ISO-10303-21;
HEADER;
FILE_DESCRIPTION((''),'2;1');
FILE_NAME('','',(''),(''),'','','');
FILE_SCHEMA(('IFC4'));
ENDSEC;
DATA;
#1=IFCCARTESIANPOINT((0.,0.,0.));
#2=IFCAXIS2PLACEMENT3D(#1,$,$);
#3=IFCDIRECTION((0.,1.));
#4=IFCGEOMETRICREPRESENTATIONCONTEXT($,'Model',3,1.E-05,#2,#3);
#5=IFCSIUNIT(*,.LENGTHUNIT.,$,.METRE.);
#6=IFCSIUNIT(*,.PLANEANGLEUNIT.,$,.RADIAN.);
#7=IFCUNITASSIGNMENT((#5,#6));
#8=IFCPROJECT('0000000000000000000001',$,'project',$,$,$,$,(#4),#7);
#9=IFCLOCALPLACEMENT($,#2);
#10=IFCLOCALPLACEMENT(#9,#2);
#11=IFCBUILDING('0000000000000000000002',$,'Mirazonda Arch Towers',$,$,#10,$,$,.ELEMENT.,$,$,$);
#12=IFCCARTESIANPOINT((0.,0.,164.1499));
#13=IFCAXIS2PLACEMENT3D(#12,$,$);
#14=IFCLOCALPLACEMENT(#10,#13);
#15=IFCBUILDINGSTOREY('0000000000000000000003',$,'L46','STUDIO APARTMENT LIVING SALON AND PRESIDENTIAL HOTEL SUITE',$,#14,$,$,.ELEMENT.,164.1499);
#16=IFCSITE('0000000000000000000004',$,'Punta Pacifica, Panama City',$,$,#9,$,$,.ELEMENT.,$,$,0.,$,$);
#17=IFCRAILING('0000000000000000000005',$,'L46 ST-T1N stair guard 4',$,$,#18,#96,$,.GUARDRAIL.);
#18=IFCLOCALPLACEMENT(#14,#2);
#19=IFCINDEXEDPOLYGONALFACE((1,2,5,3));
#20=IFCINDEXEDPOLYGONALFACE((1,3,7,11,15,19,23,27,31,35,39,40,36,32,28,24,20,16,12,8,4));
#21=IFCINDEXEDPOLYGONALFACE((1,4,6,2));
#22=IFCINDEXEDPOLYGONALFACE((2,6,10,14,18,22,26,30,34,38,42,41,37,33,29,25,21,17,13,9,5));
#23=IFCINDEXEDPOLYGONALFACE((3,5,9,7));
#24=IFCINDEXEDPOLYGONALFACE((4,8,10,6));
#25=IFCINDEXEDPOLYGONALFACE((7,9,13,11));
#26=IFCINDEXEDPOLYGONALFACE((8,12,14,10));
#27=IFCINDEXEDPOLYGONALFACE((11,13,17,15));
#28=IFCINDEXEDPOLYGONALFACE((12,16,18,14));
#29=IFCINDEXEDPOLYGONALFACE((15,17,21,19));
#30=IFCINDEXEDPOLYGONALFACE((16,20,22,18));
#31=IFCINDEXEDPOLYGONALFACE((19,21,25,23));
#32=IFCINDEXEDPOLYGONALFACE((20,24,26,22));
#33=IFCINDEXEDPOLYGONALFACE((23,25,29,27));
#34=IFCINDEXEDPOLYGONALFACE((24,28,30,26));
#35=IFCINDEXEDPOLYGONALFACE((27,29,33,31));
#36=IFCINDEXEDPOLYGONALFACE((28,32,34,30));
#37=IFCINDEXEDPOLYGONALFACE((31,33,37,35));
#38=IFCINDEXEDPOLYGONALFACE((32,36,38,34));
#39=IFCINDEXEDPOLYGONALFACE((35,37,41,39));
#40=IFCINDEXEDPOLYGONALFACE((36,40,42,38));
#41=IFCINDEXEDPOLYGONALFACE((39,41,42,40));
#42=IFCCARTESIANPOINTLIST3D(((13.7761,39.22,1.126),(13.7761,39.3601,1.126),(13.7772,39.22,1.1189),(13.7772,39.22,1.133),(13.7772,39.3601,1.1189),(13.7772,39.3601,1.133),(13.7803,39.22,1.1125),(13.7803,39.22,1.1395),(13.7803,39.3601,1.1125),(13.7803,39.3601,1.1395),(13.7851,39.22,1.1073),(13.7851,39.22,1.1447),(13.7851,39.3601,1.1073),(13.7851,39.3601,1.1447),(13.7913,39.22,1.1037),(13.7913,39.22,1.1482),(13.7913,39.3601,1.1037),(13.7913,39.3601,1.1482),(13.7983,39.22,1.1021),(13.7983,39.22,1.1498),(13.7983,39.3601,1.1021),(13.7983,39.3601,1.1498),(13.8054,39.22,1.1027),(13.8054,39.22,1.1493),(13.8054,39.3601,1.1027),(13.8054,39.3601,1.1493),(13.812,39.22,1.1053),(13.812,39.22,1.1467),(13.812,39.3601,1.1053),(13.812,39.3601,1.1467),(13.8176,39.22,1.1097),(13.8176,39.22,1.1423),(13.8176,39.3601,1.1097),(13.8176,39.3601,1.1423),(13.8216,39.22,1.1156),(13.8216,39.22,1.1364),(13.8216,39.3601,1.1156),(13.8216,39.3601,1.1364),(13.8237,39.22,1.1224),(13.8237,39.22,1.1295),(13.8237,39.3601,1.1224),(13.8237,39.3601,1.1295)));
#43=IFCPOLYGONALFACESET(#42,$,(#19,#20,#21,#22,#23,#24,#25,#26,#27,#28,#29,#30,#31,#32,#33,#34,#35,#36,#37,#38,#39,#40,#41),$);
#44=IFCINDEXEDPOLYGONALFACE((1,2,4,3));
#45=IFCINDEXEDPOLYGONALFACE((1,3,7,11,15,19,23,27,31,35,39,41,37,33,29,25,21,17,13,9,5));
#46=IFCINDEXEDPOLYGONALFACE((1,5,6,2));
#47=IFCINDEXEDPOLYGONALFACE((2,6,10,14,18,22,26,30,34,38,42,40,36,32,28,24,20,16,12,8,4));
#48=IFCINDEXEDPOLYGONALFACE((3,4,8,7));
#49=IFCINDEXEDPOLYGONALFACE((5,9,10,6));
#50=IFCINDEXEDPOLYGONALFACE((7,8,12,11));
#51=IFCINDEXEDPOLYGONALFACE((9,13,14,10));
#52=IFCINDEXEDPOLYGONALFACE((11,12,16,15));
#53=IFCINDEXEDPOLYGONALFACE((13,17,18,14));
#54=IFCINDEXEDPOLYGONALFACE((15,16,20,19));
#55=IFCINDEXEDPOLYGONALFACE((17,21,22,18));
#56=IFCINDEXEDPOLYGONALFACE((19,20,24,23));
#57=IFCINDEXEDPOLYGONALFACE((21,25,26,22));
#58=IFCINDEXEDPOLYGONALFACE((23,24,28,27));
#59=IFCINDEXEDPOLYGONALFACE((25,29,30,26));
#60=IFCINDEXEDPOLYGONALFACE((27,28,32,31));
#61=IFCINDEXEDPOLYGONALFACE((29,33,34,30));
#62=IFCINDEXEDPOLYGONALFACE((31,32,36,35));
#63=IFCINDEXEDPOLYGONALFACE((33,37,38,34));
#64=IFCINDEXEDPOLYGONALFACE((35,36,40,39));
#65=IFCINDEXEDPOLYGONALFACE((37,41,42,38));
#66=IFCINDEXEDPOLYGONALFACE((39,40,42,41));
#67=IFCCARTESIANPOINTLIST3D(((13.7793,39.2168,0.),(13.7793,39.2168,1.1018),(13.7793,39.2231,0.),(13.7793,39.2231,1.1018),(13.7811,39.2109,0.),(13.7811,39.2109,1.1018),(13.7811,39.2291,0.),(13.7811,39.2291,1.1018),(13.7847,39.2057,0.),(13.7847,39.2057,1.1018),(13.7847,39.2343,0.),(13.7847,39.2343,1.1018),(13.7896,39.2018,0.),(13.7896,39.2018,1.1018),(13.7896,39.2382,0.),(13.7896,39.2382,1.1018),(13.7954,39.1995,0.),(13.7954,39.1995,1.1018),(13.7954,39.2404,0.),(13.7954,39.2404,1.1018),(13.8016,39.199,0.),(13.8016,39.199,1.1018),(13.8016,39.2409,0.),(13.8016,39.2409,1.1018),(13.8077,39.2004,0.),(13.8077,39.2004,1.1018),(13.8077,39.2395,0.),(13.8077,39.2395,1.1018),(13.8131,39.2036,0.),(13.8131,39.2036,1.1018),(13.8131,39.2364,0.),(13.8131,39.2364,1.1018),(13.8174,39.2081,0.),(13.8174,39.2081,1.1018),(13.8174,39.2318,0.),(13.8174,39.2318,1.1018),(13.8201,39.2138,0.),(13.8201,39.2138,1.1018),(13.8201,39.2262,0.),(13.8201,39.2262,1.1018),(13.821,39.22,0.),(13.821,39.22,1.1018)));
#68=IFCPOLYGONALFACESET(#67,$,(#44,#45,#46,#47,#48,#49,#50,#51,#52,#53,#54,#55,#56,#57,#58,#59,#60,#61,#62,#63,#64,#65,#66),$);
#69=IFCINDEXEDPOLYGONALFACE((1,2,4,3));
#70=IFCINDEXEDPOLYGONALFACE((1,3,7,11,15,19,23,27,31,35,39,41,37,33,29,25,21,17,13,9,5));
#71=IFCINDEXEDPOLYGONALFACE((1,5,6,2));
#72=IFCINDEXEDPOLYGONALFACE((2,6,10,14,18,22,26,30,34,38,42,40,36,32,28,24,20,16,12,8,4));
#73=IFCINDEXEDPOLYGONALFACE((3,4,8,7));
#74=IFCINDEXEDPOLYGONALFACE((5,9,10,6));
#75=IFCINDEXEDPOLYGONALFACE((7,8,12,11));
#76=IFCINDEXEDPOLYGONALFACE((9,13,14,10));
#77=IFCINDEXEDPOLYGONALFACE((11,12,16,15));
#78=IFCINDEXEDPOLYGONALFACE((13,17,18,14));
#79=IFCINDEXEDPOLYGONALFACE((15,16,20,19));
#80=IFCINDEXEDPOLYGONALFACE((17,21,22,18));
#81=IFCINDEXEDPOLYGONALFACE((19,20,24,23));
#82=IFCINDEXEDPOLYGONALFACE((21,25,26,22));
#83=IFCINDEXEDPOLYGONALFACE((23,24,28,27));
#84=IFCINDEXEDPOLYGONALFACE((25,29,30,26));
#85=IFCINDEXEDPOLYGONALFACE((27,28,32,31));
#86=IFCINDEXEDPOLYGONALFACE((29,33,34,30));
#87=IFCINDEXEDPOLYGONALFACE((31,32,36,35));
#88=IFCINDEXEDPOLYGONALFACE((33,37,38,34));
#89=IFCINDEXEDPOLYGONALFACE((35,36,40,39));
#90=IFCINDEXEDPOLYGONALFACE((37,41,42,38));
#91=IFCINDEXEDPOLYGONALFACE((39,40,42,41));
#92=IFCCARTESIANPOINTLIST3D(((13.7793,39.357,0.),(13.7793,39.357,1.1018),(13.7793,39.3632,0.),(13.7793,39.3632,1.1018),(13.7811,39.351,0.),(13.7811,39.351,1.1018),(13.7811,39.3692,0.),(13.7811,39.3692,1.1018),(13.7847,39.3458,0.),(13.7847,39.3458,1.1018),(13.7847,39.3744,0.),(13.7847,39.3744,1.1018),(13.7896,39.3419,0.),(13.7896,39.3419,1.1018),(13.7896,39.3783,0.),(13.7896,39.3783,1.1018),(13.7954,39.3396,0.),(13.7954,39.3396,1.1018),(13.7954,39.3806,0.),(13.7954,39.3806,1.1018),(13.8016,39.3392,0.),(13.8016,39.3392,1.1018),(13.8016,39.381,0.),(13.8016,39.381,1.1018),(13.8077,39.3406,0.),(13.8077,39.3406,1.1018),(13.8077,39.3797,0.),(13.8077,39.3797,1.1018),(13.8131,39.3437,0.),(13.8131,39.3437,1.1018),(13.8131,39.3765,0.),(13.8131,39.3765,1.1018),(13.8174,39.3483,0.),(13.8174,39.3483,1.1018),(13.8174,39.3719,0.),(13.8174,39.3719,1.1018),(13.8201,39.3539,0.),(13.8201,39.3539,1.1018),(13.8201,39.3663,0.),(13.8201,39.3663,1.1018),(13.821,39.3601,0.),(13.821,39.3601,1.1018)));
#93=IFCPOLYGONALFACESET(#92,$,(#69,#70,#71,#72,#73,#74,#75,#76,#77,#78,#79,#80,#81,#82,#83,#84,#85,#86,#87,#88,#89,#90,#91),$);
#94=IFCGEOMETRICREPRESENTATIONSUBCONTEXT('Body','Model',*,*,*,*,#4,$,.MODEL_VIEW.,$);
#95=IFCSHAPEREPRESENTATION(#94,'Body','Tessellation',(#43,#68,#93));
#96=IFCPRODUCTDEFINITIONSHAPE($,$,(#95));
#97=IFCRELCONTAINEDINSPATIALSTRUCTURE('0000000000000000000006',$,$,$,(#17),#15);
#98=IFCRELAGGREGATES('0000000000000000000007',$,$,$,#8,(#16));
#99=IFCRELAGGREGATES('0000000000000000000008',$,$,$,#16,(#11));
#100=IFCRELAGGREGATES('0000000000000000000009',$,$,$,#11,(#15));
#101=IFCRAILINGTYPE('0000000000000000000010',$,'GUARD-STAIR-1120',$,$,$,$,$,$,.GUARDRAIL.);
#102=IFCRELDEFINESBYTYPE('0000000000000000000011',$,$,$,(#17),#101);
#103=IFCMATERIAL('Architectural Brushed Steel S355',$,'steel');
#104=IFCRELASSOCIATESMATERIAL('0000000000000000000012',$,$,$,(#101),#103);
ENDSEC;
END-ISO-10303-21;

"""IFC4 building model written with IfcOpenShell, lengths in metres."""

from ifc_helpers import new_model, si_unit, direction, frame, origin, origin_2d, place, context, subcontext, project, spatial, circle, extrude, material, type_object, element, save


model = new_model("IFC4")

# Units and contexts
model_context = context("Model", 3, precision=1e-05, world=origin(), true_north=direction((0.0, 1.0)))
body_context = subcontext(model_context, "Body", "Model", "MODEL_VIEW")
ifc_project = project(units=[si_unit("LENGTHUNIT", "METRE"), si_unit("PLANEANGLEUNIT", "RADIAN")], contexts=[model_context])

# Site, building, storey
site_placement = place(None, origin())
site = spatial("IfcSite", under=ifc_project, at=site_placement, Name="Punta Pacifica, Panama City", CompositionType="ELEMENT", RefElevation=0.0)
building_placement = place(site_placement, origin())
building = spatial("IfcBuilding", under=site, at=building_placement, Name="Mirazonda Arch Towers", CompositionType="ELEMENT")
storey_placement = place(building_placement, frame((0.0, 0.0, 164.1499)))
storey = spatial("IfcBuildingStorey", under=building, at=storey_placement, Name="L46", Description="STUDIO APARTMENT LIVING SALON AND PRESIDENTIAL HOTEL SUITE", CompositionType="ELEMENT", Elevation=164.1499)

# Shared definitions
ifc_material_1 = material(Name="Architectural Brushed Steel S355", Category="steel")

# Railing
railing_type_1 = type_object("IfcRailingType", Name="GUARD-STAIR-1120", PredefinedType="GUARDRAIL", material=ifc_material_1)
railing_1_placement = place(storey_placement, frame((13.8, 39.22, 0.0)))
element("IfcRailing", 1, at=railing_1_placement, inside=storey, type_object=railing_type_1, Name="L46 ST-T1N stair guard 4", PredefinedType="GUARDRAIL", context=body_context, shape_type="SweptSolid", body=[
    extrude(circle(Radius=0.0239, at=origin_2d()), frame((0.0, 0.0, 1.126), z_axis=(0.0, 1.0, 0.0), x_axis=(-1.0, 0.0, 0.0)), (0.0, 0.0, 1.0), 0.1401),
    extrude(circle(Radius=0.021, at=origin_2d()), origin(), (0.0, 0.0, 1.0), 1.1018),
    extrude(circle(Radius=0.021, at=origin_2d()), frame((0.0, 0.1401, 0.0)), (0.0, 0.0, 1.0), 1.1018),
])

save(model, "model.ifc")
